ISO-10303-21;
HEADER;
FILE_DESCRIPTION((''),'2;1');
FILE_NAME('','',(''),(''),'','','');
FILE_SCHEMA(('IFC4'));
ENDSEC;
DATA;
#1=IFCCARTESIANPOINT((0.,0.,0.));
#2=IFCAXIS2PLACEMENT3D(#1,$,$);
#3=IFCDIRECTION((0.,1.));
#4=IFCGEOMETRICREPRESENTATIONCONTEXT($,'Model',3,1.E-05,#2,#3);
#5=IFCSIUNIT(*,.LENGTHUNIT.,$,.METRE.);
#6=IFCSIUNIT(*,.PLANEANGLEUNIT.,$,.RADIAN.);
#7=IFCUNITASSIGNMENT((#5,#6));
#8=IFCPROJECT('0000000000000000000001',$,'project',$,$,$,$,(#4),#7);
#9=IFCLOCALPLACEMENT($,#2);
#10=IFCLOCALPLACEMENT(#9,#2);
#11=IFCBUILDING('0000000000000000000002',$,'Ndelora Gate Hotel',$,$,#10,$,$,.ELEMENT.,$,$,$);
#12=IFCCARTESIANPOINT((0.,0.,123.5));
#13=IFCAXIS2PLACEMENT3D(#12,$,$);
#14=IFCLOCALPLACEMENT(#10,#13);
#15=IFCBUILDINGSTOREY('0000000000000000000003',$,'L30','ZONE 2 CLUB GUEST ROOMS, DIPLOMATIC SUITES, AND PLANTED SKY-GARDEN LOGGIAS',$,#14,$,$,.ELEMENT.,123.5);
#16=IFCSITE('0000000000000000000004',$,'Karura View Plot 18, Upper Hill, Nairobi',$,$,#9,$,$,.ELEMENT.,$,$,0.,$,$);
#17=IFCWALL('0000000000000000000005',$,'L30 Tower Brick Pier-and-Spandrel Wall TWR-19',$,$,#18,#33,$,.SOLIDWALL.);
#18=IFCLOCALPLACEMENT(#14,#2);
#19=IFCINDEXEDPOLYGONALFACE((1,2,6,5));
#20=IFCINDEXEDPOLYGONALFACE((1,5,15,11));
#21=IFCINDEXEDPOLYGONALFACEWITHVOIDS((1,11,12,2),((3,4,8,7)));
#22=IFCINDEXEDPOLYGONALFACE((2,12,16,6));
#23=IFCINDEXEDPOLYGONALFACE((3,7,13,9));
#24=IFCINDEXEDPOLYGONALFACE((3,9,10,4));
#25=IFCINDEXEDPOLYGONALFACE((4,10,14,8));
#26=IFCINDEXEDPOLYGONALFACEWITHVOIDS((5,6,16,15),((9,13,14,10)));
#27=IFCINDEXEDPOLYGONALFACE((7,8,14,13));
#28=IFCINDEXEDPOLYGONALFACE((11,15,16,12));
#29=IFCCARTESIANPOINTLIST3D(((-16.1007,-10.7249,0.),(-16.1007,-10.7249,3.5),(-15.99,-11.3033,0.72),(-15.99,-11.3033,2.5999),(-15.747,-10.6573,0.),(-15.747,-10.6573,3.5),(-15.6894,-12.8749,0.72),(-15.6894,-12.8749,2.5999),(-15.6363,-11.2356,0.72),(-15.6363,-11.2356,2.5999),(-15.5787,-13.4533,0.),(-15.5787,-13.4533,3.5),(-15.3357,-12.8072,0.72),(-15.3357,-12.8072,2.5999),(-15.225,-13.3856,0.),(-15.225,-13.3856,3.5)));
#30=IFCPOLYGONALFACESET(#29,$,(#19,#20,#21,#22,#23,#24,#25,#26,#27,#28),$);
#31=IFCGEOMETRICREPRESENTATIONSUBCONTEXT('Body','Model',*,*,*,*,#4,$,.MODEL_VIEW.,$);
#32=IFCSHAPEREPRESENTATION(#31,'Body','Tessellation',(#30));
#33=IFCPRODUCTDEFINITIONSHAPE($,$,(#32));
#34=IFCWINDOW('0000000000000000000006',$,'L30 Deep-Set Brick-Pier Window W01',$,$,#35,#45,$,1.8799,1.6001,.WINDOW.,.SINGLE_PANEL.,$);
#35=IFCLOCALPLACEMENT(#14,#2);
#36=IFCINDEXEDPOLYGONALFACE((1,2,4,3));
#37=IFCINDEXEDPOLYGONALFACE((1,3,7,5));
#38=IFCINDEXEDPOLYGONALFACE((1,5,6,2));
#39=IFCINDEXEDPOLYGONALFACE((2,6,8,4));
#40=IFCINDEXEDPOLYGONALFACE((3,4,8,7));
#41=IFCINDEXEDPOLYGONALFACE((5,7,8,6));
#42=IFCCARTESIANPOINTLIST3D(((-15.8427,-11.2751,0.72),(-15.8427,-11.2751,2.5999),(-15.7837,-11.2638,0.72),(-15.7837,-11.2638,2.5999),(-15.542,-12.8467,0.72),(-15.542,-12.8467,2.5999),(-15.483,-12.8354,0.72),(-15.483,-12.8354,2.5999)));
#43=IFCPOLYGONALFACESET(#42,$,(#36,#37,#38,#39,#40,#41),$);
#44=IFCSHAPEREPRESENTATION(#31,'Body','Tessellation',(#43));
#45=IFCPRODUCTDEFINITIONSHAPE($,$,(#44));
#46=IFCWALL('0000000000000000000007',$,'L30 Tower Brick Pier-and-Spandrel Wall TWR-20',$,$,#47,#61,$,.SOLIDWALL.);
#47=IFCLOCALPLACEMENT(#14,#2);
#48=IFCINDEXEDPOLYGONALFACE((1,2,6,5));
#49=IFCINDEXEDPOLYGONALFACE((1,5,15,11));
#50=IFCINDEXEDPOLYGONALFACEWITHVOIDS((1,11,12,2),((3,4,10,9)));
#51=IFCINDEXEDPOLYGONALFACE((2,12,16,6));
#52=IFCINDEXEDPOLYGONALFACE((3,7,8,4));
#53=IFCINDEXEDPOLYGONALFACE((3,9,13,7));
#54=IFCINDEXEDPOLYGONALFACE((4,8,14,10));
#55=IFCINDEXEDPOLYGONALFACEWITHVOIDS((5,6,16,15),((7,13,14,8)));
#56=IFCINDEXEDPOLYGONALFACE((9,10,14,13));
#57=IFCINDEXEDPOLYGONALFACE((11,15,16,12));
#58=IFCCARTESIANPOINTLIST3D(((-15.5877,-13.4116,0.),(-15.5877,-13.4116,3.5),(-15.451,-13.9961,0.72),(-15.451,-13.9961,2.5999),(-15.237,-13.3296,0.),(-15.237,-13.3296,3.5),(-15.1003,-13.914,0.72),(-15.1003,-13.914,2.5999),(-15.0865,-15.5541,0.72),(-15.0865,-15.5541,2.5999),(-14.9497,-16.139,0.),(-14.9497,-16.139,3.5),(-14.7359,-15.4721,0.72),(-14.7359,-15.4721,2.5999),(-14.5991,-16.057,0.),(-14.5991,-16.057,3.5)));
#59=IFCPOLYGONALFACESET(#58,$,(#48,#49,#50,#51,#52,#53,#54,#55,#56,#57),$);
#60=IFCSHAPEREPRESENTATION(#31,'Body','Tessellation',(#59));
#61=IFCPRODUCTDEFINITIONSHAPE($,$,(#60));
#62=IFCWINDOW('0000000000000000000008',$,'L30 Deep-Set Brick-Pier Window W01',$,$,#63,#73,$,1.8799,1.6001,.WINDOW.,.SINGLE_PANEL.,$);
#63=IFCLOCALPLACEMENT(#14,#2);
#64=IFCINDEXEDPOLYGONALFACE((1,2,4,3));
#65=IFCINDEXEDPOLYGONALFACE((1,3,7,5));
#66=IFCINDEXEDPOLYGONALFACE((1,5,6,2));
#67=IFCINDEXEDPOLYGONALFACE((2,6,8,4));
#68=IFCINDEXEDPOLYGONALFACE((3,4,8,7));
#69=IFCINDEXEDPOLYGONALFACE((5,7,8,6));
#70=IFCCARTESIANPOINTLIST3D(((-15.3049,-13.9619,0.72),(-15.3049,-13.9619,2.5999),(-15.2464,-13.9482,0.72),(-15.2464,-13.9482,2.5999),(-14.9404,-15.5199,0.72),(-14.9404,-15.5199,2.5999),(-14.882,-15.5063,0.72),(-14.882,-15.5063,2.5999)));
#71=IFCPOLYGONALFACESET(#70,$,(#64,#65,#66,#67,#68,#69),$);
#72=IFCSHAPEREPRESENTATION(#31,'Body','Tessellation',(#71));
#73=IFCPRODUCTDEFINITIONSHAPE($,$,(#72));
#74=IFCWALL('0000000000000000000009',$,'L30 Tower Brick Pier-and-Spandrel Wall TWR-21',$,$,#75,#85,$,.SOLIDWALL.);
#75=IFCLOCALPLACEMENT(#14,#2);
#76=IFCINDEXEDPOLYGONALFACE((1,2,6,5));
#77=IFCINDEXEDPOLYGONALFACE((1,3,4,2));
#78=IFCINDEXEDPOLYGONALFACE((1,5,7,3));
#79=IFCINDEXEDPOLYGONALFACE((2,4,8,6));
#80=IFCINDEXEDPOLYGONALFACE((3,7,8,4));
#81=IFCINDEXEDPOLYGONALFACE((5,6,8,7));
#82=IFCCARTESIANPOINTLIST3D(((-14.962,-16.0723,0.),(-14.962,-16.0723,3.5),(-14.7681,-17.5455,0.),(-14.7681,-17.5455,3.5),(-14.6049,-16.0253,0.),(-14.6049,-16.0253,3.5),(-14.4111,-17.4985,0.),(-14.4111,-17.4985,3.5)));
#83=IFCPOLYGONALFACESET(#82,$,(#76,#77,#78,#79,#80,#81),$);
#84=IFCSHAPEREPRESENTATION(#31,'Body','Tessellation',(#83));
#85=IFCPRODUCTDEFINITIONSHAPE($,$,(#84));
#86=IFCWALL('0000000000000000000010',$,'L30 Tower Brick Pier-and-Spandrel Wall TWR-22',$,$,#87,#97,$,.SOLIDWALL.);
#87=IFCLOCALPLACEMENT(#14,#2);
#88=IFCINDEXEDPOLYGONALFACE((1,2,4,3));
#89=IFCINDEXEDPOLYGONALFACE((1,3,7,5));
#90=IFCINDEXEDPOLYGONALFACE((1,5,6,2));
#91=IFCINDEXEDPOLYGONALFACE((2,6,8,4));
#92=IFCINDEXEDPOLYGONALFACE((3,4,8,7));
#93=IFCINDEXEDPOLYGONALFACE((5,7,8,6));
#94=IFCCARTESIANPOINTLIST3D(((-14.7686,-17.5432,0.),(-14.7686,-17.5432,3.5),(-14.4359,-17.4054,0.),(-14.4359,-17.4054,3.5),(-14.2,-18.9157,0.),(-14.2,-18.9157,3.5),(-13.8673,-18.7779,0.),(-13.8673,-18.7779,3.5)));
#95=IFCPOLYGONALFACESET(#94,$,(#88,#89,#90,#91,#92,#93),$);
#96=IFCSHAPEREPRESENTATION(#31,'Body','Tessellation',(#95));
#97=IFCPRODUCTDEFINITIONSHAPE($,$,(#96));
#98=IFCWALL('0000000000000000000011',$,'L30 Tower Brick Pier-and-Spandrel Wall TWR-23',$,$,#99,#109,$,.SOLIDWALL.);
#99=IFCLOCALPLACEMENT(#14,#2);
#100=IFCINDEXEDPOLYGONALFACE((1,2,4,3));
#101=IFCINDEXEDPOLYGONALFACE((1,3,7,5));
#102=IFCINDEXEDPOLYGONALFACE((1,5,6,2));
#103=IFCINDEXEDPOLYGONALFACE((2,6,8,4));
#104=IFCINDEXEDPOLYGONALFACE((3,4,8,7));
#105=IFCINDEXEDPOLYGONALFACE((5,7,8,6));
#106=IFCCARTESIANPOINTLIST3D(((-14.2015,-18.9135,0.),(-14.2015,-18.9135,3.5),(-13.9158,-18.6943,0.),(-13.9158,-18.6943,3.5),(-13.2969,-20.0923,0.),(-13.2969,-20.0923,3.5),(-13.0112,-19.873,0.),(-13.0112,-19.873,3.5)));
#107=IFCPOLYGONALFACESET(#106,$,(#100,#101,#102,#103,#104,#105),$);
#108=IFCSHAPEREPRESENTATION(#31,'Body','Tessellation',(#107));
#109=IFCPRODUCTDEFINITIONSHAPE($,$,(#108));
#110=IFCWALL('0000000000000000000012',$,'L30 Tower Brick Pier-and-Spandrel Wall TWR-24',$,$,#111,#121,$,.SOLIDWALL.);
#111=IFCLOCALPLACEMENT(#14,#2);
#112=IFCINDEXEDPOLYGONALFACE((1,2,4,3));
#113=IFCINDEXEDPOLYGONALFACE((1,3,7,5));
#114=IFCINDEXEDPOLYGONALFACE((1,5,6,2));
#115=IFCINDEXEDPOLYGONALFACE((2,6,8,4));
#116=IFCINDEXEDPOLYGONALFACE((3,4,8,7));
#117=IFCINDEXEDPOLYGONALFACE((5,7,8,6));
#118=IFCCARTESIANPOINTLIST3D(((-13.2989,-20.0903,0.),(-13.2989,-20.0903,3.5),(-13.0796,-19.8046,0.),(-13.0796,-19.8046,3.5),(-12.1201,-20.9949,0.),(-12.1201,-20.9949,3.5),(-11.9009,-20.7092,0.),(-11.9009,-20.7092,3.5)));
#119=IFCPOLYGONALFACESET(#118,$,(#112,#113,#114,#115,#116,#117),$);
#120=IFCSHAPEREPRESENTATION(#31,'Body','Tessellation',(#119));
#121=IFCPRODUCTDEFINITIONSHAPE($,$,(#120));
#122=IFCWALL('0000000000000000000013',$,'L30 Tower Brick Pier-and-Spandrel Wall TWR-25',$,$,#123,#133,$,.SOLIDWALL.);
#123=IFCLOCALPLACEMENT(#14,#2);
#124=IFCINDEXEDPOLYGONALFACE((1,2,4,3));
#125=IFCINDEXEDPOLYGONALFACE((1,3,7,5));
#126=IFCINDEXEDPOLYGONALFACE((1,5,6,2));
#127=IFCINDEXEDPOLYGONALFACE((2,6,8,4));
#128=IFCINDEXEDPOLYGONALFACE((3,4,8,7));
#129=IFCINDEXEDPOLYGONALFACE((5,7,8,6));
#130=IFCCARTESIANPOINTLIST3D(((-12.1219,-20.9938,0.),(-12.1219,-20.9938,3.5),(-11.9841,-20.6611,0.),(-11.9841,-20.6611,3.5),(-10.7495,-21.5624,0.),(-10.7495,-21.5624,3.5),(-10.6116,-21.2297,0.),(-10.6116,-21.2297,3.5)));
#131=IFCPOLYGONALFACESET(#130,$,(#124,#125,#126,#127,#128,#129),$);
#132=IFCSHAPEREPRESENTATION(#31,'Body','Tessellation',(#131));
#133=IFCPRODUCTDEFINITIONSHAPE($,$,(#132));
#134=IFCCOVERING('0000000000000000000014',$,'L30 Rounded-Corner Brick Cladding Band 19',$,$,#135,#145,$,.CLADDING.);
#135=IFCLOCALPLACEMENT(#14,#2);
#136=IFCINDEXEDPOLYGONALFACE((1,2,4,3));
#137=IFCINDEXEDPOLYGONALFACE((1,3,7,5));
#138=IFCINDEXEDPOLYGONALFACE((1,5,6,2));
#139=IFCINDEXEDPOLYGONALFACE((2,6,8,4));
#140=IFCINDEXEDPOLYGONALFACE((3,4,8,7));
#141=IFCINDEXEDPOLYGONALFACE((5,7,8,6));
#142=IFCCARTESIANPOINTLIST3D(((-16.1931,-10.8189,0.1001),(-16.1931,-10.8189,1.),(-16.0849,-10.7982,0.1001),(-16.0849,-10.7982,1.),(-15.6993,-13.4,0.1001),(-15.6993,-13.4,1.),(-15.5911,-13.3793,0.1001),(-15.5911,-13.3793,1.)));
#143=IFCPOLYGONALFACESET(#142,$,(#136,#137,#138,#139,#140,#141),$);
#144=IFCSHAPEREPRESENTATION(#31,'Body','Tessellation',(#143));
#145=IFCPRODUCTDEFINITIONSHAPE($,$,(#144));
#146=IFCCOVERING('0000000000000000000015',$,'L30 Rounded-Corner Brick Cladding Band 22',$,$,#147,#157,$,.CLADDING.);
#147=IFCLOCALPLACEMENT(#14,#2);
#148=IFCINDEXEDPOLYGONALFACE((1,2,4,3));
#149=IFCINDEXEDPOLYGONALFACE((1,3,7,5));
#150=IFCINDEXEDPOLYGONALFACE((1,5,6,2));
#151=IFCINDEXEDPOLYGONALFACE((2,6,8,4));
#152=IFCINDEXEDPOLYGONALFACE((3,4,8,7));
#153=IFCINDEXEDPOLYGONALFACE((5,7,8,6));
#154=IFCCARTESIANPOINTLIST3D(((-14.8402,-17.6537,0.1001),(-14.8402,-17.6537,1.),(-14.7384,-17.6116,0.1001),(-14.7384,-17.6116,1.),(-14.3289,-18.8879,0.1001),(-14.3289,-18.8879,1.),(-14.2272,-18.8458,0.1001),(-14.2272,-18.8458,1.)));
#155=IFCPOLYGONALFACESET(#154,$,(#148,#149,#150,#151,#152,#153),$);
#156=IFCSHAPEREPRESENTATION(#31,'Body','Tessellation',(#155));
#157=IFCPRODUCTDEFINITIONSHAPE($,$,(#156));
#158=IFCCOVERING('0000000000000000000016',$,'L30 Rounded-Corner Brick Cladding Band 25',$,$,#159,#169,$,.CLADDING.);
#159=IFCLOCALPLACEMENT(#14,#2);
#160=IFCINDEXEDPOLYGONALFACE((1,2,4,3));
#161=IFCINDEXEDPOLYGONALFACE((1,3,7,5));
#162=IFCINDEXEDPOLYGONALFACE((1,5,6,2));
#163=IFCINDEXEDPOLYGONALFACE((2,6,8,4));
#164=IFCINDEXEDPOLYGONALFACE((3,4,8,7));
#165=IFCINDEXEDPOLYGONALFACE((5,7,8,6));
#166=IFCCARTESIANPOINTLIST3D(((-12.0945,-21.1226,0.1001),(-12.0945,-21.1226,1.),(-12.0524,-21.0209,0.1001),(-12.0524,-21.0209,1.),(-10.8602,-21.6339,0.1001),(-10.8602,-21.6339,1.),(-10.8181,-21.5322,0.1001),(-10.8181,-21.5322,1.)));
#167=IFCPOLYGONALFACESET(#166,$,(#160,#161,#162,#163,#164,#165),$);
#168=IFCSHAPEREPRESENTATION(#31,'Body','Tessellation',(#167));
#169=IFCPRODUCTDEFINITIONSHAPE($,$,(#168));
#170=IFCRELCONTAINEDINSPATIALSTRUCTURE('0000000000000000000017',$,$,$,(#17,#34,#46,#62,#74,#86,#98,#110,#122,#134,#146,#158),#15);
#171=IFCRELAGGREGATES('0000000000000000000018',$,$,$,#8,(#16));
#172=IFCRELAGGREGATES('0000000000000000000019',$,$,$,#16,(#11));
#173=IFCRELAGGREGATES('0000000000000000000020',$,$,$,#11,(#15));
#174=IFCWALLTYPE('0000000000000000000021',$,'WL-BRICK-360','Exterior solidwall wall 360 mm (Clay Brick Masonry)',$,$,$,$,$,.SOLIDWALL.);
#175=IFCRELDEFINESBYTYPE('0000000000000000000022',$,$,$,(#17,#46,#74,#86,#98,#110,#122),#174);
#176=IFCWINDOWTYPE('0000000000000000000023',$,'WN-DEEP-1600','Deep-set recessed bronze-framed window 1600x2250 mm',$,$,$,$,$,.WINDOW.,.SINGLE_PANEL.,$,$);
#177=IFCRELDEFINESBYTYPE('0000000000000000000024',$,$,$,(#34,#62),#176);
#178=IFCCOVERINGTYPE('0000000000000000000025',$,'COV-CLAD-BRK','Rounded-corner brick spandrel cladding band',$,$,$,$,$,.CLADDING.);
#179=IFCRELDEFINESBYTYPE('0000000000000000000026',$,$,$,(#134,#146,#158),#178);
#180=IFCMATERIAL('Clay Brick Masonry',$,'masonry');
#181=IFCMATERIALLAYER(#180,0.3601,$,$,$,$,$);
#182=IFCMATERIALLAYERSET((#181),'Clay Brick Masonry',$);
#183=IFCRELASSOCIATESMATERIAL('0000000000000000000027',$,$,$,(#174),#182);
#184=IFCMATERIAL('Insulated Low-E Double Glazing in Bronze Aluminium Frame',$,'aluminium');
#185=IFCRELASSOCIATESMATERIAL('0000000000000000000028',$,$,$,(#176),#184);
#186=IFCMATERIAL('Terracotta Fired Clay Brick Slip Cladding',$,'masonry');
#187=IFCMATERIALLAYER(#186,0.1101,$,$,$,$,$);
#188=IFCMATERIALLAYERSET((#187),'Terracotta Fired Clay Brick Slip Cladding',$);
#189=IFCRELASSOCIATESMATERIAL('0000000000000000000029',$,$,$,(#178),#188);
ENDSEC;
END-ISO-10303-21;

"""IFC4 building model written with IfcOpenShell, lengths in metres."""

from ifc_helpers import new_model, si_unit, direction, frame, frame_2d, origin, origin_2d, place, context, subcontext, project, spatial, rectangle, extrude, material, layer, layer_set, type_object, element, fill, save


model = new_model("IFC4")

# Units and contexts
model_context = context("Model", 3, precision=1e-05, world=origin(), true_north=direction((0.0, 1.0)))
body_context = subcontext(model_context, "Body", "Model", "MODEL_VIEW")
ifc_project = project(units=[si_unit("LENGTHUNIT", "METRE"), si_unit("PLANEANGLEUNIT", "RADIAN")], contexts=[model_context])

# Site, building, storey
site_placement = place(None, origin())
site = spatial("IfcSite", under=ifc_project, at=site_placement, Name="Karura View Plot 18, Upper Hill, Nairobi", CompositionType="ELEMENT", RefElevation=0.0)
building_placement = place(site_placement, origin())
building = spatial("IfcBuilding", under=site, at=building_placement, Name="Ndelora Gate Hotel", CompositionType="ELEMENT")
storey_placement = place(building_placement, frame((0.0, 0.0, 123.5)))
storey = spatial("IfcBuildingStorey", under=building, at=storey_placement, Name="L30", Description="ZONE 2 CLUB GUEST ROOMS, DIPLOMATIC SUITES, AND PLANTED SKY-GARDEN LOGGIAS", CompositionType="ELEMENT", Elevation=123.5)

# Walls, openings, windows
ifc_material_1 = material(Name="Clay Brick Masonry", Category="masonry")
ifc_layer_1 = layer(ifc_material_1, 0.3601)
ifc_layer_set_1 = layer_set([ifc_layer_1], Name="Clay Brick Masonry")
wall_type = type_object("IfcWallType", Name="WL-BRICK-360", Description="Exterior solidwall wall 360 mm (Clay Brick Masonry)", PredefinedType="SOLIDWALL", material=ifc_layer_set_1)
ifc_material_2 = material(Name="Insulated Low-E Double Glazing in Bronze Aluminium Frame", Category="aluminium")
window_type_1 = type_object("IfcWindowType", Name="WN-DEEP-1600", Description="Deep-set recessed bronze-framed window 1600x2250 mm", PartitioningType="SINGLE_PANEL", PredefinedType="WINDOW", material=ifc_material_2)
wall_1_placement = place(storey_placement, frame((-15.4019, -13.4194, 0.0), z_axis=(0.0, 0.0, 1.0), x_axis=(-0.187912, 0.982186, 0.0)))
wall_1 = element("IfcWall", 1, at=wall_1_placement, inside=storey, type_object=wall_type, Name="L30 Tower Brick Pier-and-Spandrel Wall TWR-19", PredefinedType="SOLIDWALL", context=body_context, shape_type="SweptSolid", body=[
    extrude(rectangle(XDim=2.7778, YDim=0.3601, at=frame_2d((1.3889, 0.0))), origin(), (0.0, 0.0, 1.0), 3.5),
])
opening_1_placement = place(wall_1_placement, frame((0.5889, 0.0, 0.72)))
opening_1 = element("IfcOpeningElement", 2, at=opening_1_placement, cuts=wall_1, PredefinedType="OPENING", context=body_context, shape_type="SweptSolid", body=[
    extrude(rectangle(XDim=1.6001, YDim=1.8799, at=frame_2d((0.8, 0.9399))), frame((0.0, 0.1899, 0.0), z_axis=(0.0, -1.0, 0.0), x_axis=(1.0, 0.0, 0.0)), (0.0, 0.0, 1.0), 0.3801),
])
window_1_placement = place(opening_1_placement, origin())
window_1 = element("IfcWindow", 3, at=window_1_placement, inside=storey, type_object=window_type_1, Name="L30 Deep-Set Brick-Pier Window W01", OverallHeight=1.8799, OverallWidth=1.6001, PartitioningType="SINGLE_PANEL", PredefinedType="WINDOW", context=body_context, shape_type="SweptSolid", body=[
    extrude(rectangle(XDim=1.6001, YDim=1.8799, at=frame_2d((0.8, 0.9399))), frame((0.0, 0.03, 0.0), z_axis=(0.0, -1.0, 0.0), x_axis=(1.0, 0.0, 0.0)), (0.0, 0.0, 1.0), 0.0601),
])
fill(opening_1, window_1)
wall_2_placement = place(storey_placement, frame((-14.7744, -16.0979, 0.0), z_axis=(0.0, 0.0, 1.0), x_axis=(-0.227761, 0.973717, 0.0)))
wall_2 = element("IfcWall", 4, at=wall_2_placement, inside=storey, type_object=wall_type, Name="L30 Tower Brick Pier-and-Spandrel Wall TWR-20", PredefinedType="SOLIDWALL", context=body_context, shape_type="SweptSolid", body=[
    extrude(rectangle(XDim=2.801, YDim=0.3601, at=frame_2d((1.4004, 0.0))), origin(), (0.0, 0.0, 1.0), 3.5),
])
opening_2_placement = place(wall_2_placement, frame((0.6006, 0.0, 0.72)))
opening_2 = element("IfcOpeningElement", 5, at=opening_2_placement, cuts=wall_2, PredefinedType="OPENING", context=body_context, shape_type="SweptSolid", body=[
    extrude(rectangle(XDim=1.6001, YDim=1.8799, at=frame_2d((0.8, 0.9399))), frame((0.0, 0.1899, 0.0), z_axis=(0.0, -1.0, 0.0), x_axis=(1.0, 0.0, 0.0)), (0.0, 0.0, 1.0), 0.3801),
])
window_2_placement = place(opening_2_placement, origin())
window_2 = element("IfcWindow", 6, at=window_2_placement, inside=storey, type_object=window_type_1, Name="L30 Deep-Set Brick-Pier Window W01", OverallHeight=1.8799, OverallWidth=1.6001, PartitioningType="SINGLE_PANEL", PredefinedType="WINDOW", context=body_context, shape_type="SweptSolid", body=[
    extrude(rectangle(XDim=1.6001, YDim=1.8799, at=frame_2d((0.8, 0.9399))), frame((0.0, 0.03, 0.0), z_axis=(0.0, -1.0, 0.0), x_axis=(1.0, 0.0, 0.0)), (0.0, 0.0, 1.0), 0.0601),
])
fill(opening_2, window_2)

# Walls
wall_3_placement = place(storey_placement, frame((-14.5896, -17.522, 0.0), z_axis=(0.0, 0.0, 1.0), x_axis=(-0.130463, 0.991453, 0.0)))
element("IfcWall", 7, at=wall_3_placement, inside=storey, type_object=wall_type, Name="L30 Tower Brick Pier-and-Spandrel Wall TWR-21", PredefinedType="SOLIDWALL", context=body_context, shape_type="SweptSolid", body=[
    extrude(rectangle(XDim=1.4858, YDim=0.3601, at=frame_2d((0.7429, 0.0))), origin(), (0.0, 0.0, 1.0), 3.5),
])
wall_4_placement = place(storey_placement, frame((-14.0337, -18.8467, 0.0), z_axis=(0.0, 0.0, 1.0), x_axis=(-0.382724, 0.923863, 0.0)))
element("IfcWall", 8, at=wall_4_placement, inside=storey, type_object=wall_type, Name="L30 Tower Brick Pier-and-Spandrel Wall TWR-22", PredefinedType="SOLIDWALL", context=body_context, shape_type="SweptSolid", body=[
    extrude(rectangle(XDim=1.4856, YDim=0.3601, at=frame_2d((0.7427, 0.0))), origin(), (0.0, 0.0, 1.0), 3.5),
])
for number, where, z_axis, x_axis, name in (
    (9, (-13.1541, -19.9827, 0.0), (0.0, 0.0, 1.0), (-0.608797, 0.793326, 0.0), "L30 Tower Brick Pier-and-Spandrel Wall TWR-23"),
    (10, (-12.0105, -20.8521, 0.0), (0.0, 0.0, 1.0), (-0.793326, 0.608797, 0.0), "L30 Tower Brick Pier-and-Spandrel Wall TWR-24"),
):
    element("IfcWall", number, at=place(storey_placement, frame(where, z_axis=z_axis, x_axis=x_axis)), inside=storey, type_object=wall_type, Name=name, PredefinedType="SOLIDWALL", context=body_context, shape_type="SweptSolid", body=[
        extrude(rectangle(XDim=1.4858, YDim=0.3601, at=frame_2d((0.7429, 0.0))), origin(), (0.0, 0.0, 1.0), 3.5),
    ])
wall_5_placement = place(storey_placement, frame((-10.6807, -21.396, 0.0), z_axis=(0.0, 0.0, 1.0), x_axis=(-0.923863, 0.382724, 0.0)))
element("IfcWall", 11, at=wall_5_placement, inside=storey, type_object=wall_type, Name="L30 Tower Brick Pier-and-Spandrel Wall TWR-25", PredefinedType="SOLIDWALL", context=body_context, shape_type="SweptSolid", body=[
    extrude(rectangle(XDim=1.4856, YDim=0.3601, at=frame_2d((0.7427, 0.0))), origin(), (0.0, 0.0, 1.0), 3.5),
])

# Coverings
ifc_material_3 = material(Name="Terracotta Fired Clay Brick Slip Cladding", Category="masonry")
ifc_layer_2 = layer(ifc_material_3, 0.1101)
ifc_layer_set_2 = layer_set([ifc_layer_2], Name="Terracotta Fired Clay Brick Slip Cladding")
covering_type = type_object("IfcCoveringType", Name="COV-CLAD-BRK", Description="Rounded-corner brick spandrel cladding band", PredefinedType="CLADDING", material=ifc_layer_set_2)
covering_placement = place(storey_placement, frame((-15.8921, -12.0991, 0.1001), z_axis=(0.0, 0.0, 1.0), x_axis=(-0.187896, 0.982189, 0.0)))
element("IfcCovering", 12, at=covering_placement, inside=storey, type_object=covering_type, Name="L30 Rounded-Corner Brick Cladding Band 19", PredefinedType="CLADDING", context=body_context, shape_type="SweptSolid", body=[
    extrude(rectangle(XDim=2.6279, YDim=0.1101, at=origin_2d()), origin(), (0.0, 0.0, 1.0), 0.8999),
])
for number, where, z_axis, x_axis, name in (
    (13, (-14.5337, -18.2498, 0.1001), (0.0, 0.0, 1.0), (-0.382683, 0.92388, 0.0), "L30 Rounded-Corner Brick Cladding Band 22"),
    (14, (-11.4563, -21.3274, 0.1001), (0.0, 0.0, 1.0), (-0.92388, 0.382683, 0.0), "L30 Rounded-Corner Brick Cladding Band 25"),
):
    element("IfcCovering", number, at=place(storey_placement, frame(where, z_axis=z_axis, x_axis=x_axis)), inside=storey, type_object=covering_type, Name=name, PredefinedType="CLADDING", context=body_context, shape_type="SweptSolid", body=[
        extrude(rectangle(XDim=1.3359, YDim=0.1101, at=origin_2d()), origin(), (0.0, 0.0, 1.0), 0.8999),
    ])

save(model, "model.ifc")
